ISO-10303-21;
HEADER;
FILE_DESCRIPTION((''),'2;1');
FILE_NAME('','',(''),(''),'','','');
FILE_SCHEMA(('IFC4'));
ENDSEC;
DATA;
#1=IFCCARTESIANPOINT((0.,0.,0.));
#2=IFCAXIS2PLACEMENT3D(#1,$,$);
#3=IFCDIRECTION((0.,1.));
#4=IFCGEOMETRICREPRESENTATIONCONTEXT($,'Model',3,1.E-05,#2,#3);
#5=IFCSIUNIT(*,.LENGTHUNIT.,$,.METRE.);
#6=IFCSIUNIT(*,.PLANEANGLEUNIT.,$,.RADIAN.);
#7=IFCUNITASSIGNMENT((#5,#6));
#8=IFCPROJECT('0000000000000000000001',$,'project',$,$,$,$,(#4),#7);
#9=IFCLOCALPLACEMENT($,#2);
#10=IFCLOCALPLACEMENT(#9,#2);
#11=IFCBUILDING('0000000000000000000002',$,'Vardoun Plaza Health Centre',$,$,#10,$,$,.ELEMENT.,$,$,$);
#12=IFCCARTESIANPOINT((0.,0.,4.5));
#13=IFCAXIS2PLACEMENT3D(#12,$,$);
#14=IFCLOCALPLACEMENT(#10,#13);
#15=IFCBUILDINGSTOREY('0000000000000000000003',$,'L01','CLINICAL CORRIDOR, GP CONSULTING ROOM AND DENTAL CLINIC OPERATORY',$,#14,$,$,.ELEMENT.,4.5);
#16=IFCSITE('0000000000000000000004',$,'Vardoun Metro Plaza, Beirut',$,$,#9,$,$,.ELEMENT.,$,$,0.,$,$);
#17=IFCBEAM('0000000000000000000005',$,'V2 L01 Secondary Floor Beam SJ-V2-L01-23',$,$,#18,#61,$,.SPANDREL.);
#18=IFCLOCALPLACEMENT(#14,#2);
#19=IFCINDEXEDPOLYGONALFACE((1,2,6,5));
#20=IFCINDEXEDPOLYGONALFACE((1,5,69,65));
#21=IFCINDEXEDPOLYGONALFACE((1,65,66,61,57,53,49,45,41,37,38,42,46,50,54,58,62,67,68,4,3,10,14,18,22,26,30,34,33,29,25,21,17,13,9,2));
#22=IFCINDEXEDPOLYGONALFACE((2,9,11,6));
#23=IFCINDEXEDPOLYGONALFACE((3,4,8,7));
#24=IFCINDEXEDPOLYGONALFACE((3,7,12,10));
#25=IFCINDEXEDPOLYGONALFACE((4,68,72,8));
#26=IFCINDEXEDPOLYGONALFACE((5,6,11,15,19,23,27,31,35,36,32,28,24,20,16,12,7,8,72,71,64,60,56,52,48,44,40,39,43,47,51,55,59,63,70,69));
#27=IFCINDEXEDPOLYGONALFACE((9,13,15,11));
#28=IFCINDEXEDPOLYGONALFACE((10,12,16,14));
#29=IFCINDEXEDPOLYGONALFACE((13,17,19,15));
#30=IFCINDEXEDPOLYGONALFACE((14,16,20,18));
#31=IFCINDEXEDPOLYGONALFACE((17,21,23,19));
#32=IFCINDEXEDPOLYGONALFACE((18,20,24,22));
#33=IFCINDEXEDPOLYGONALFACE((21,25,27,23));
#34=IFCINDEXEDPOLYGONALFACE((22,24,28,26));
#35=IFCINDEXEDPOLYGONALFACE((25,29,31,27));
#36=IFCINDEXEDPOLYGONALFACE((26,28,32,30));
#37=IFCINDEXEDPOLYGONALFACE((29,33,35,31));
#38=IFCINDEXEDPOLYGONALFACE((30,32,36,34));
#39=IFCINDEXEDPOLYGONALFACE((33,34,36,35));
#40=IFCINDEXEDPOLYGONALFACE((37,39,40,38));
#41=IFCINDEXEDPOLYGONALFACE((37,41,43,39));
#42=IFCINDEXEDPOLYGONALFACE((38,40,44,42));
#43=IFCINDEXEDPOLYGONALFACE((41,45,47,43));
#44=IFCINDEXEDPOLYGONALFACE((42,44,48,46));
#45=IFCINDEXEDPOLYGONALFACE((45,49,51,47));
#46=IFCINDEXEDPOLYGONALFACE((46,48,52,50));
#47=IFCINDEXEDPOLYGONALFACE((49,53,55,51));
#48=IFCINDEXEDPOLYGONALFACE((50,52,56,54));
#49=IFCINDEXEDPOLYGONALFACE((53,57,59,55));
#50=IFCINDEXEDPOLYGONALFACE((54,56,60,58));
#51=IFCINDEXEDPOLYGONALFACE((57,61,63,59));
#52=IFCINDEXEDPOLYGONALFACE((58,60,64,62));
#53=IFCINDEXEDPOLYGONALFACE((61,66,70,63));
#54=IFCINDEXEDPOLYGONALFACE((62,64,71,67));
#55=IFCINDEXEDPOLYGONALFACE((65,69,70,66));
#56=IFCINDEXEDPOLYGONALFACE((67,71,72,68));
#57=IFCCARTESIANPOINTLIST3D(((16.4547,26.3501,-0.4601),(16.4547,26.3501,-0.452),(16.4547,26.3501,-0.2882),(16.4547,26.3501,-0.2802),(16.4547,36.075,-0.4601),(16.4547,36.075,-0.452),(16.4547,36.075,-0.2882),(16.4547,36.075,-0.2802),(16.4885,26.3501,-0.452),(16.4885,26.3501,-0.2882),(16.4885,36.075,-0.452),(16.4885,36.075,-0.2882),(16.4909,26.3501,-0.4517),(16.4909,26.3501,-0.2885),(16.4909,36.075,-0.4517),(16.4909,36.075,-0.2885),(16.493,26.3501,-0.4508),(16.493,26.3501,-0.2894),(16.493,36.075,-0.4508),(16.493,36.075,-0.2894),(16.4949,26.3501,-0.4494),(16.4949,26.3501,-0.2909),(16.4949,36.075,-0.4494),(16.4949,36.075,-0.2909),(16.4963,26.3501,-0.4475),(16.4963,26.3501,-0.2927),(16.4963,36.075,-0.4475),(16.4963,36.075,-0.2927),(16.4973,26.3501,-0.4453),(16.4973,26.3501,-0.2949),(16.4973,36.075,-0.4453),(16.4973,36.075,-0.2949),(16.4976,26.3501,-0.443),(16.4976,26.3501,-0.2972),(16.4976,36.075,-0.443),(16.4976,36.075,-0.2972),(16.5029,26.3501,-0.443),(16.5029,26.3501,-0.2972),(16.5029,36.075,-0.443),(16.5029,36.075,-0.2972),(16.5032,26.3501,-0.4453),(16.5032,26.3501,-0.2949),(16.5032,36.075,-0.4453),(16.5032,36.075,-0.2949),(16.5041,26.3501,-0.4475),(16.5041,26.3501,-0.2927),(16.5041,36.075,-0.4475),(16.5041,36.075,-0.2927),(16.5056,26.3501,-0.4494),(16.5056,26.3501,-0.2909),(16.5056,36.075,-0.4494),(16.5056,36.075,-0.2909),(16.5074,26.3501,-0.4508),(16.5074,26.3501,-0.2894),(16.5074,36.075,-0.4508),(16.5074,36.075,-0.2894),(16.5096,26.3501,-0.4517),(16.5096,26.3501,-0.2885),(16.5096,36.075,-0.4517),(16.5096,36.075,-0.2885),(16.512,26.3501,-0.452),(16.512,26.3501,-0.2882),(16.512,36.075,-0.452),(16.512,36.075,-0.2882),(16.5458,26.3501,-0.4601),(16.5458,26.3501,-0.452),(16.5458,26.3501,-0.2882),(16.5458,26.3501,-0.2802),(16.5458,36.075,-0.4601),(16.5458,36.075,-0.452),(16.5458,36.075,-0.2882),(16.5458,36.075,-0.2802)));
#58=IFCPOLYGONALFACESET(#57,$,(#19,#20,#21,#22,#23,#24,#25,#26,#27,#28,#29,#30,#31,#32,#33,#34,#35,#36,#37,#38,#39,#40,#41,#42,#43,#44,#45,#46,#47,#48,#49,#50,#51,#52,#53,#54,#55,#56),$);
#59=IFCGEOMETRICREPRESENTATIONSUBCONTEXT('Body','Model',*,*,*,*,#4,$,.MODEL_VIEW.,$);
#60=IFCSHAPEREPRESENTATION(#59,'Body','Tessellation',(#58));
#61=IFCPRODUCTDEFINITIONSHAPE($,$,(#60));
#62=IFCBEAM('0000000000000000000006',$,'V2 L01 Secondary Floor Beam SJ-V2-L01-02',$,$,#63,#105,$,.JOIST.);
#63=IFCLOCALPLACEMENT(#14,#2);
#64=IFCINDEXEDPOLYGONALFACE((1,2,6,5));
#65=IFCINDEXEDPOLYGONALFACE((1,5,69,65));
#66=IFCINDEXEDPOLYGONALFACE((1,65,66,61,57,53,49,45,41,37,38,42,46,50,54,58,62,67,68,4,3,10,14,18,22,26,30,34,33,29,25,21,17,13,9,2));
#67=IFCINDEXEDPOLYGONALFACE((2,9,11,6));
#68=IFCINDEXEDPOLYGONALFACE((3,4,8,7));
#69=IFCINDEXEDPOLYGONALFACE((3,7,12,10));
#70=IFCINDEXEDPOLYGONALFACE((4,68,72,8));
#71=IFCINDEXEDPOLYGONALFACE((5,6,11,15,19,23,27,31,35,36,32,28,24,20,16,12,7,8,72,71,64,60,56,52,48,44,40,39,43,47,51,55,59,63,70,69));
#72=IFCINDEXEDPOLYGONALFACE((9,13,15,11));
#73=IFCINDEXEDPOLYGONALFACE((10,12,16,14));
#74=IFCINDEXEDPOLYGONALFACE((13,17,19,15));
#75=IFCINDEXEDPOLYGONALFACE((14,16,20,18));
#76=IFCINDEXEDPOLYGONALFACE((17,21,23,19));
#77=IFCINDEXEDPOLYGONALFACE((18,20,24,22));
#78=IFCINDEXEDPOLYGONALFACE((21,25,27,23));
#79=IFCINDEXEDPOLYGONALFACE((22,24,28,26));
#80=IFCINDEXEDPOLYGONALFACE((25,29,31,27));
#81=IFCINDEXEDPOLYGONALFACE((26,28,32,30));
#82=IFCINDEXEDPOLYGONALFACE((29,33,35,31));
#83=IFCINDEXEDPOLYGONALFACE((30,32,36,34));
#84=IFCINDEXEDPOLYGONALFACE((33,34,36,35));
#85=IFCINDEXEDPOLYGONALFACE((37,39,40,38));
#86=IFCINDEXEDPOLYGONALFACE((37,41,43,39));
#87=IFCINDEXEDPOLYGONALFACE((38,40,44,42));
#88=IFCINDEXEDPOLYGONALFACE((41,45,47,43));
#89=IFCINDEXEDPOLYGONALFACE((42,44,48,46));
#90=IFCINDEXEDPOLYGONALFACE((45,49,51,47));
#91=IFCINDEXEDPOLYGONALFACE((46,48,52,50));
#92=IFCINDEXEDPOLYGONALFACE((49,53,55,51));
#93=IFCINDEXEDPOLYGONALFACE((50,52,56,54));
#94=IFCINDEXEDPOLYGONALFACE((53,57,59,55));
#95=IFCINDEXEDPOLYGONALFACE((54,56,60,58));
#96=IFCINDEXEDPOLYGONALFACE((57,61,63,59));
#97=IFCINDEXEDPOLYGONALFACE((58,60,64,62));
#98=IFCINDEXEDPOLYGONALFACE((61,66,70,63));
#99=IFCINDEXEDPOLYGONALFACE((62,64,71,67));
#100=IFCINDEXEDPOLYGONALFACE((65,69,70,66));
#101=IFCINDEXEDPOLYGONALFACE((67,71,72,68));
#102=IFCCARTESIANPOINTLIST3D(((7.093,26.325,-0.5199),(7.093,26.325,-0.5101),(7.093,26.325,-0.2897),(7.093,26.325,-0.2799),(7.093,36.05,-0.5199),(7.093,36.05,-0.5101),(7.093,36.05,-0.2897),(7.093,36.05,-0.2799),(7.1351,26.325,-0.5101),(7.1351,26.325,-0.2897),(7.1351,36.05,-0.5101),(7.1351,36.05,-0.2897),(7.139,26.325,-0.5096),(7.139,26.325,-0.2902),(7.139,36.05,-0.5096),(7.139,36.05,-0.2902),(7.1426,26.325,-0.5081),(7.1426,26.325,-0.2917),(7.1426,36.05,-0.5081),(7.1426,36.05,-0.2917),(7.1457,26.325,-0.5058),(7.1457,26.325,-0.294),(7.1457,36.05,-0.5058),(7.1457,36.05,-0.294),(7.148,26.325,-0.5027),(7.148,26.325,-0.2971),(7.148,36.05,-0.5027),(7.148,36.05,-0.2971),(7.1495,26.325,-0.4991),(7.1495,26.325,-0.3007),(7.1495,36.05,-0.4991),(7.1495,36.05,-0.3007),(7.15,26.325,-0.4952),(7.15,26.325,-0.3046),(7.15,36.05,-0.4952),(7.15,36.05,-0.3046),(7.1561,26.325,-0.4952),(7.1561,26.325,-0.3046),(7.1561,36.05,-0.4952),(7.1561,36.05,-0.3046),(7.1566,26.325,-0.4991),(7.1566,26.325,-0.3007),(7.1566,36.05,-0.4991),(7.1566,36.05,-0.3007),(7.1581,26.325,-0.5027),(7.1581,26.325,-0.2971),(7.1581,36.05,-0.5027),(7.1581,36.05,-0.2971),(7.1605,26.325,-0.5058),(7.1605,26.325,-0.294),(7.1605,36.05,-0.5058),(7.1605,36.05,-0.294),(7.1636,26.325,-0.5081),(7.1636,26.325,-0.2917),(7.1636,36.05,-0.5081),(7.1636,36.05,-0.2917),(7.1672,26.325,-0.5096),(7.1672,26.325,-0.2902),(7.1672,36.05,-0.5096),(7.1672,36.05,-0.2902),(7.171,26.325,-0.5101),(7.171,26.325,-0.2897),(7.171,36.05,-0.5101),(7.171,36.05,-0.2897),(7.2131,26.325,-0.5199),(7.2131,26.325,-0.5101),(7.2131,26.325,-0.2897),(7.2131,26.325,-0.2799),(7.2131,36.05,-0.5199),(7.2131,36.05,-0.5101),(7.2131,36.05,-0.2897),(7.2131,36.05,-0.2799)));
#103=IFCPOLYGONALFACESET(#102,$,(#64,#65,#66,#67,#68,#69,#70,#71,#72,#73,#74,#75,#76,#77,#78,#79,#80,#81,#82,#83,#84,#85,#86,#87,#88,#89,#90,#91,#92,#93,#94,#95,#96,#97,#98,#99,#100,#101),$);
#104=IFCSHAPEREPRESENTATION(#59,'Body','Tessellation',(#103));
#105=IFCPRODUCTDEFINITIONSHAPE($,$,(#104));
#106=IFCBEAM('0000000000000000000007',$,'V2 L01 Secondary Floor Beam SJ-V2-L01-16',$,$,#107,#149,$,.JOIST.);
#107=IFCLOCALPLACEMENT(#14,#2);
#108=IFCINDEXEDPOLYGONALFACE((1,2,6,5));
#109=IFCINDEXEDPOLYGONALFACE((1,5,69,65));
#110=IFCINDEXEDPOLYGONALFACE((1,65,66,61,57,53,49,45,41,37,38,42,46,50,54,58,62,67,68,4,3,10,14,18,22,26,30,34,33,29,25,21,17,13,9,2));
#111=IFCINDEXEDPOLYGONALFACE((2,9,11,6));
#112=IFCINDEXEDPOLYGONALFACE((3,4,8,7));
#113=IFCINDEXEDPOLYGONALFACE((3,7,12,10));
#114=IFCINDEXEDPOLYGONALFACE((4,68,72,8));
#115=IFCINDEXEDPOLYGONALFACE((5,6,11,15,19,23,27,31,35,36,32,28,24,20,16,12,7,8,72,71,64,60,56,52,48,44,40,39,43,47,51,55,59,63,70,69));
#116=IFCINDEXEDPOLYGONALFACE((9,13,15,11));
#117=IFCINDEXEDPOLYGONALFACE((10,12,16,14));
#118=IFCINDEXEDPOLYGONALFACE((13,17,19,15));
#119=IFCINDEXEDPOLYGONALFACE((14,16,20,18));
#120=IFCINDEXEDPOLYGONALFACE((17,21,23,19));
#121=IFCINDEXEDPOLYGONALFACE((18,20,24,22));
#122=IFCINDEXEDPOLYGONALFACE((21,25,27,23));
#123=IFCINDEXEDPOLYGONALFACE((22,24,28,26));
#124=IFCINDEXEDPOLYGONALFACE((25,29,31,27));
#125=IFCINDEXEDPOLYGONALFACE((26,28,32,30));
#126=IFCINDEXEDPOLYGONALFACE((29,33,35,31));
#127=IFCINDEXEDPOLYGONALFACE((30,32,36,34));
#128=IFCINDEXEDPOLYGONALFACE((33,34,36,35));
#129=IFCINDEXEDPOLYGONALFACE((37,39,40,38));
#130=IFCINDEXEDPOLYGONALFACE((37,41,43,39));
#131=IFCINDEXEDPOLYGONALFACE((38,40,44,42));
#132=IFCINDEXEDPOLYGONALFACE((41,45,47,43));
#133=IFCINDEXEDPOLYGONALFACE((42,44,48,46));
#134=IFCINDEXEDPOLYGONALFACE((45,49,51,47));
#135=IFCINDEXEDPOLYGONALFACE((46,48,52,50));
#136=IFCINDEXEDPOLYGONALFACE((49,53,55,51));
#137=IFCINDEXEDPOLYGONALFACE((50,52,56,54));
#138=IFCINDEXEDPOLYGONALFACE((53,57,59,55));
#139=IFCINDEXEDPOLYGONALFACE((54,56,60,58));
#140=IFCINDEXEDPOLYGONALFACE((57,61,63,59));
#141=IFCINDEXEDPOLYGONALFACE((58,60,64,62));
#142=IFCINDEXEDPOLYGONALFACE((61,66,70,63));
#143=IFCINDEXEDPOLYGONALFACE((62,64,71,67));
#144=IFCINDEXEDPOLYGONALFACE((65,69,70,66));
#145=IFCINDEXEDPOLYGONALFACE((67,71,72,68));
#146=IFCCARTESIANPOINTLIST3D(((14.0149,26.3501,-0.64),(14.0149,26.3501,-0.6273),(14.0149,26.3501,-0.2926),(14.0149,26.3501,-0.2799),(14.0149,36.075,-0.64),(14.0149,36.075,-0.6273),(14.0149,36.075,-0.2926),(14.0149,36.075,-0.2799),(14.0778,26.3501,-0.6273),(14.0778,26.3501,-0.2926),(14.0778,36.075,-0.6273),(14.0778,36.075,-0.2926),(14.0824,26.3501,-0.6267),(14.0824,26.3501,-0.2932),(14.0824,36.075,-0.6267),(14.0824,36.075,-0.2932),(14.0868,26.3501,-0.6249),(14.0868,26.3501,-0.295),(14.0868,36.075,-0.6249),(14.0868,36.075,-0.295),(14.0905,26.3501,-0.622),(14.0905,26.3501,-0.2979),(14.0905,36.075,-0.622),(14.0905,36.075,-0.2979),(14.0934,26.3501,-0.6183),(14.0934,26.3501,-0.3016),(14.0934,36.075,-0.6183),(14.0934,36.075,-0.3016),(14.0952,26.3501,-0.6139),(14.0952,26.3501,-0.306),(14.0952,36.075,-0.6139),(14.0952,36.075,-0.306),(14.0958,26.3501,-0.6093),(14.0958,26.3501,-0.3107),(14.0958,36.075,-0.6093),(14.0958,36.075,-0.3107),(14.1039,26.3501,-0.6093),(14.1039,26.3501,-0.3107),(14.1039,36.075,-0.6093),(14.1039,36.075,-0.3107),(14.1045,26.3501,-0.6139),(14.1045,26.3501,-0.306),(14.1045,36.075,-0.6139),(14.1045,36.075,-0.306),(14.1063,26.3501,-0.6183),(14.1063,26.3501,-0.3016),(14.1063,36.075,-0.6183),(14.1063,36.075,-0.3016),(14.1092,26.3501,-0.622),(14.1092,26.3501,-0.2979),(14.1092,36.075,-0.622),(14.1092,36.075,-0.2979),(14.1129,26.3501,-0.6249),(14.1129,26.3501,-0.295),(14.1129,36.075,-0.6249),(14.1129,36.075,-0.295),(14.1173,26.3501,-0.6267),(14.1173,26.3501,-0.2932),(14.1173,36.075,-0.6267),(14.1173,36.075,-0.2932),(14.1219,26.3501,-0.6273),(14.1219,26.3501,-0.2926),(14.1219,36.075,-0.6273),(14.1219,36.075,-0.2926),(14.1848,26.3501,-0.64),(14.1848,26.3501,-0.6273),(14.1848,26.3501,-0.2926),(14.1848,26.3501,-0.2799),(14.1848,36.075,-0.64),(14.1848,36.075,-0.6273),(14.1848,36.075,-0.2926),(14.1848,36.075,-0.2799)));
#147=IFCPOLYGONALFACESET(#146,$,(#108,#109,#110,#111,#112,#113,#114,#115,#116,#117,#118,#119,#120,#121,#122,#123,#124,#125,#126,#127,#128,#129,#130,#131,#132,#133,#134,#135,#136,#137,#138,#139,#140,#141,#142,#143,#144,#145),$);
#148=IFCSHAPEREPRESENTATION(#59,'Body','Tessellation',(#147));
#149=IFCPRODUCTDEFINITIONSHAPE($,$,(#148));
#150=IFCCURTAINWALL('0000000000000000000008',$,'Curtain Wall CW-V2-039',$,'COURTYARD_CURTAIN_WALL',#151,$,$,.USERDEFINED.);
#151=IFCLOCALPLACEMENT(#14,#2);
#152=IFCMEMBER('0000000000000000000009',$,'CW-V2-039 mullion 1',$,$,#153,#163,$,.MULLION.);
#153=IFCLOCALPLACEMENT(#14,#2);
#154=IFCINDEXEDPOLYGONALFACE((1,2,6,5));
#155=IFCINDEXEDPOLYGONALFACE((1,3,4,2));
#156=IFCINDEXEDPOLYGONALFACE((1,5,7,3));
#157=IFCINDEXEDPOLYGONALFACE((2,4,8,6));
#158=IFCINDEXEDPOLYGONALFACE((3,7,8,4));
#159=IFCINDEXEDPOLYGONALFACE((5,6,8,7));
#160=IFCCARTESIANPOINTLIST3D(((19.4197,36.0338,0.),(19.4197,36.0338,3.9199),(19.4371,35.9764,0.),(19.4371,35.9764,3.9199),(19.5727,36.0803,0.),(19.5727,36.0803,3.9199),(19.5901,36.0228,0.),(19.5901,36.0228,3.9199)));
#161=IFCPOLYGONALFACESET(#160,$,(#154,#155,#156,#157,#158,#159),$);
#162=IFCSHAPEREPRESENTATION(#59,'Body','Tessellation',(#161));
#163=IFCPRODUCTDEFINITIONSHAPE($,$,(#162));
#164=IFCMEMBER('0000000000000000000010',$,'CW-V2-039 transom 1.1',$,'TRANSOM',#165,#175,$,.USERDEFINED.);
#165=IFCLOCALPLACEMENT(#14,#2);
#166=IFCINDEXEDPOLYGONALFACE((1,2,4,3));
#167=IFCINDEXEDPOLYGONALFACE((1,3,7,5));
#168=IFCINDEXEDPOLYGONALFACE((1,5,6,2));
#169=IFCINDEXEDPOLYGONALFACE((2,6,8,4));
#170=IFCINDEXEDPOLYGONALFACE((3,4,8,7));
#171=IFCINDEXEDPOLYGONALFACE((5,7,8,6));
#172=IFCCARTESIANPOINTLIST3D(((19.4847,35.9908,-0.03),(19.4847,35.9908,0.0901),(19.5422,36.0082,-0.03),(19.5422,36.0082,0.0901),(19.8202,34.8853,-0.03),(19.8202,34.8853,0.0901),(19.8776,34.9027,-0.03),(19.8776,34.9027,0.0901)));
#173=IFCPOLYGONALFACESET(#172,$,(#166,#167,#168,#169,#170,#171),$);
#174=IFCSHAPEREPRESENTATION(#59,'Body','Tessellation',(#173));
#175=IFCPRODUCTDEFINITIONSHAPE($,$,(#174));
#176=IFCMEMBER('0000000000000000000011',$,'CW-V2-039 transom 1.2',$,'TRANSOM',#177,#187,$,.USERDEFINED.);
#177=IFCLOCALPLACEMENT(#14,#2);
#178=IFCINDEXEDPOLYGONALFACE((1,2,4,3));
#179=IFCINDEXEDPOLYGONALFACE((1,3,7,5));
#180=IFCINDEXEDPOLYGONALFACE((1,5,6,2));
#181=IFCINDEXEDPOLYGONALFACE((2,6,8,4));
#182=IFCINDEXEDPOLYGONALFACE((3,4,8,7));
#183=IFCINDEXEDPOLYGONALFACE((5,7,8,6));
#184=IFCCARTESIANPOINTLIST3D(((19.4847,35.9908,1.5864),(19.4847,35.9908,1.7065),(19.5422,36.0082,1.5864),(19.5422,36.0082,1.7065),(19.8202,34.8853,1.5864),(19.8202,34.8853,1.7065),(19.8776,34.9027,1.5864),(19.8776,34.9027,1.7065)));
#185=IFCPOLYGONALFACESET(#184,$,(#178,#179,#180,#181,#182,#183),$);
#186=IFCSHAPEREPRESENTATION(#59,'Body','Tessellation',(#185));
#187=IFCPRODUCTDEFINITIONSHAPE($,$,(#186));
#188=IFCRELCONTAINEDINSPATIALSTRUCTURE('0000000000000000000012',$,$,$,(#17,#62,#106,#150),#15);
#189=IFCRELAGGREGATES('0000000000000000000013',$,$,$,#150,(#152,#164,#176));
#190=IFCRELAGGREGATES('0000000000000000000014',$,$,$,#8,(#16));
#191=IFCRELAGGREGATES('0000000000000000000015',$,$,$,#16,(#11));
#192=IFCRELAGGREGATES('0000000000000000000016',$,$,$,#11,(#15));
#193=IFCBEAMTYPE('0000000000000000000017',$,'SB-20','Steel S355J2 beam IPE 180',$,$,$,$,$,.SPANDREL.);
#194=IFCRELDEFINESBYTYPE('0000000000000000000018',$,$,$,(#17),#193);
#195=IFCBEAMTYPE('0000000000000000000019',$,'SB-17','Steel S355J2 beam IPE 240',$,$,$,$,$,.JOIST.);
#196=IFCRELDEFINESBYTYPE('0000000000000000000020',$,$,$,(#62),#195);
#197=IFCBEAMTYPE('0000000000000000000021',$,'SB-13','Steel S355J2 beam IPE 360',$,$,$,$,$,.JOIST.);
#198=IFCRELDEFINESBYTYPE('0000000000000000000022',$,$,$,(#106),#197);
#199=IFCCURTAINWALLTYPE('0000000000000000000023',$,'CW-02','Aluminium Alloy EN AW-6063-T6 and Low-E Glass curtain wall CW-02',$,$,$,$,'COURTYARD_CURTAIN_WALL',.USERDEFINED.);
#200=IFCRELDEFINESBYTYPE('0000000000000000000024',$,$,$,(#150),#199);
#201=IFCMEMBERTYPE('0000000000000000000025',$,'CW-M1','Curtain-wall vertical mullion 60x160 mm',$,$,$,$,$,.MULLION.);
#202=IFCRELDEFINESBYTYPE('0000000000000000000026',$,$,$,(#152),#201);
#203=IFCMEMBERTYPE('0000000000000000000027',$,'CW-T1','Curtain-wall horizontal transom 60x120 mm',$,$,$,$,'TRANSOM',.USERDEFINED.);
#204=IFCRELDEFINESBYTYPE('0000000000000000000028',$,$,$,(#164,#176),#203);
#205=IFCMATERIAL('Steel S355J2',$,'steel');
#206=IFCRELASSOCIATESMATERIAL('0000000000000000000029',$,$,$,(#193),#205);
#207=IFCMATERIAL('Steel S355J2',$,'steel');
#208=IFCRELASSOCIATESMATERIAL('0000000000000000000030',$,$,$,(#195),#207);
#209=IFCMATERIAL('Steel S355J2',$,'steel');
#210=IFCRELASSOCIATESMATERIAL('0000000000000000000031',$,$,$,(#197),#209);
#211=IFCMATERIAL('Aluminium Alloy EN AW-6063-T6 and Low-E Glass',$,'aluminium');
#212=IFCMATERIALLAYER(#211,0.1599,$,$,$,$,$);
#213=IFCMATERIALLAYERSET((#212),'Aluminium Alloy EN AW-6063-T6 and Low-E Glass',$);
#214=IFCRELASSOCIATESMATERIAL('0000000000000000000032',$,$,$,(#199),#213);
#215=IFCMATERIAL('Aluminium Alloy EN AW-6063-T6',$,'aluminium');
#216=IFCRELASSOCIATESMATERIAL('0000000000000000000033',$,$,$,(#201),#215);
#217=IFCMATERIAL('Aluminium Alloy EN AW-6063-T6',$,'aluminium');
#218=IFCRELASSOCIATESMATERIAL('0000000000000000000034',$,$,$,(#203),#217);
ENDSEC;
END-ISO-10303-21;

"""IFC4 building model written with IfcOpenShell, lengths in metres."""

from ifc_helpers import new_model, si_unit, direction, frame, origin, origin_2d, place, context, subcontext, project, spatial, rectangle, i_section, extrude, material, layer, layer_set, material_profile, profile_set, type_object, element, aggregate, save


model = new_model("IFC4")

# Units and contexts
model_context = context("Model", 3, precision=1e-05, world=origin(), true_north=direction((0.0, 1.0)))
body_context = subcontext(model_context, "Body", "Model", "MODEL_VIEW")
ifc_project = project(units=[si_unit("LENGTHUNIT", "METRE"), si_unit("PLANEANGLEUNIT", "RADIAN")], contexts=[model_context])

# Site, building, storey
site_placement = place(None, origin())
site = spatial("IfcSite", under=ifc_project, at=site_placement, Name="Vardoun Metro Plaza, Beirut", CompositionType="ELEMENT", RefElevation=0.0)
building_placement = place(site_placement, origin())
building = spatial("IfcBuilding", under=site, at=building_placement, Name="Vardoun Plaza Health Centre", CompositionType="ELEMENT")
storey_placement = place(building_placement, frame((0.0, 0.0, 4.5)))
storey = spatial("IfcBuildingStorey", under=building, at=storey_placement, Name="L01", Description="CLINICAL CORRIDOR, GP CONSULTING ROOM AND DENTAL CLINIC OPERATORY", CompositionType="ELEMENT", Elevation=4.5)

# Beams
ifc_material_1 = material(Name="Steel S355J2", Category="steel")
ifc_material_profile_1 = material_profile(ifc_material_1, i_section(OverallWidth=0.0911, OverallDepth=0.1799, WebThickness=0.0054, FlangeThickness=0.0081, FilletRadius=0.009, at=origin_2d()), Name="IPE 180")
ifc_profile_set_1 = profile_set([ifc_material_profile_1], Name="Steel S355J2")
beam_type_1 = type_object("IfcBeamType", Name="SB-20", Description="Steel S355J2 beam IPE 180", PredefinedType="SPANDREL", material=ifc_profile_set_1)
beam_1_placement = place(storey_placement, frame((16.5002, 26.3501, -0.3701), z_axis=(0.0, 1.0, 0.0), x_axis=(-1.0, 0.0, 0.0)))
element("IfcBeam", 1, at=beam_1_placement, inside=storey, type_object=beam_type_1, Name="V2 L01 Secondary Floor Beam SJ-V2-L01-23", PredefinedType="SPANDREL", context=body_context, shape_type="SweptSolid", body=[
    extrude(i_section(OverallWidth=0.0911, OverallDepth=0.1799, WebThickness=0.0054, FlangeThickness=0.0081, FilletRadius=0.009, at=origin_2d()), origin(), (0.0, 0.0, 1.0), 9.7249),
])
ifc_material_2 = material(Name="Steel S355J2", Category="steel")
ifc_material_profile_2 = material_profile(ifc_material_2, i_section(OverallWidth=0.1201, OverallDepth=0.24, WebThickness=0.0061, FlangeThickness=0.0098, FilletRadius=0.0149, at=origin_2d()), Name="IPE 240")
ifc_profile_set_2 = profile_set([ifc_material_profile_2], Name="Steel S355J2")
beam_type_2 = type_object("IfcBeamType", Name="SB-17", Description="Steel S355J2 beam IPE 240", PredefinedType="JOIST", material=ifc_profile_set_2)
beam_2_placement = place(storey_placement, frame((7.1531, 26.325, -0.3999), z_axis=(0.0, 1.0, 0.0), x_axis=(-1.0, 0.0, 0.0)))
element("IfcBeam", 2, at=beam_2_placement, inside=storey, type_object=beam_type_2, Name="V2 L01 Secondary Floor Beam SJ-V2-L01-02", PredefinedType="JOIST", context=body_context, shape_type="SweptSolid", body=[
    extrude(i_section(OverallWidth=0.1201, OverallDepth=0.24, WebThickness=0.0061, FlangeThickness=0.0098, FilletRadius=0.0149, at=origin_2d()), origin(), (0.0, 0.0, 1.0), 9.7251),
])
ifc_material_3 = material(Name="Steel S355J2", Category="steel")
ifc_material_profile_3 = material_profile(ifc_material_3, i_section(OverallWidth=0.1699, OverallDepth=0.3601, WebThickness=0.0081, FlangeThickness=0.0127, FilletRadius=0.0181, at=origin_2d()), Name="IPE 360")
ifc_profile_set_3 = profile_set([ifc_material_profile_3], Name="Steel S355J2")
beam_type_3 = type_object("IfcBeamType", Name="SB-13", Description="Steel S355J2 beam IPE 360", PredefinedType="JOIST", material=ifc_profile_set_3)
beam_3_placement = place(storey_placement, frame((14.0999, 26.3501, -0.46), z_axis=(0.0, 1.0, 0.0), x_axis=(-1.0, 0.0, 0.0)))
element("IfcBeam", 3, at=beam_3_placement, inside=storey, type_object=beam_type_3, Name="V2 L01 Secondary Floor Beam SJ-V2-L01-16", PredefinedType="JOIST", context=body_context, shape_type="SweptSolid", body=[
    extrude(i_section(OverallWidth=0.1699, OverallDepth=0.3601, WebThickness=0.0081, FlangeThickness=0.0127, FilletRadius=0.0181, at=origin_2d()), origin(), (0.0, 0.0, 1.0), 9.7249),
])

# Curtain wall, members
ifc_material_4 = material(Name="Aluminium Alloy EN AW-6063-T6 and Low-E Glass", Category="aluminium")
ifc_layer_1 = layer(ifc_material_4, 0.1599)
ifc_layer_set_1 = layer_set([ifc_layer_1], Name="Aluminium Alloy EN AW-6063-T6 and Low-E Glass")
curtain_wall_type = type_object("IfcCurtainWallType", Name="CW-02", Description="Aluminium Alloy EN AW-6063-T6 and Low-E Glass curtain wall CW-02", ElementType="COURTYARD_CURTAIN_WALL", PredefinedType="USERDEFINED", material=ifc_layer_set_1)
curtain_wall_placement = place(storey_placement, origin())
curtain_wall = element("IfcCurtainWall", 4, at=curtain_wall_placement, inside=storey, type_object=curtain_wall_type, Name="Curtain Wall CW-V2-039", ObjectType="COURTYARD_CURTAIN_WALL", PredefinedType="USERDEFINED")
ifc_material_5 = material(Name="Aluminium Alloy EN AW-6063-T6", Category="aluminium")
ifc_material_profile_4 = material_profile(ifc_material_5, rectangle(XDim=0.1599, YDim=0.0601, at=origin_2d()), Name="CWM 60x160")
ifc_profile_set_4 = profile_set([ifc_material_profile_4], Name="Aluminium Alloy EN AW-6063-T6")
member_type_1 = type_object("IfcMemberType", Name="CW-M1", Description="Curtain-wall vertical mullion 60x160 mm", PredefinedType="MULLION", material=ifc_profile_set_4)
member_1_placement = place(storey_placement, frame((19.5049, 36.0283, 0.0), z_axis=(0.0, 0.0, 1.0), x_axis=(0.956936, 0.2903, 0.0)))
member_1 = element("IfcMember", 5, at=member_1_placement, type_object=member_type_1, Name="CW-V2-039 mullion 1", PredefinedType="MULLION", context=body_context, shape_type="SweptSolid", body=[
    extrude(rectangle(XDim=0.1599, YDim=0.0601, at=origin_2d()), origin(), (0.0, 0.0, 1.0), 3.9199),
])
ifc_material_6 = material(Name="Aluminium Alloy EN AW-6063-T6", Category="aluminium")
ifc_material_profile_5 = material_profile(ifc_material_6, rectangle(XDim=0.0601, YDim=0.1201, at=origin_2d()), Name="CWT 60x120")
ifc_profile_set_5 = profile_set([ifc_material_profile_5], Name="Aluminium Alloy EN AW-6063-T6")
member_type_2 = type_object("IfcMemberType", Name="CW-T1", Description="Curtain-wall horizontal transom 60x120 mm", ElementType="TRANSOM", PredefinedType="USERDEFINED", material=ifc_profile_set_5)
member_2_placement = place(storey_placement, frame((19.5134, 35.9995, 0.03), z_axis=(0.290371, -0.956914, 0.0), x_axis=(0.956914, 0.290371, 0.0)))
member_2 = element("IfcMember", 6, at=member_2_placement, type_object=member_type_2, Name="CW-V2-039 transom 1.1", ObjectType="TRANSOM", PredefinedType="USERDEFINED", context=body_context, shape_type="SweptSolid", body=[
    extrude(rectangle(XDim=0.0601, YDim=0.1201, at=origin_2d()), origin(), (0.0, 0.0, 1.0), 1.1553),
])
member_3_placement = place(storey_placement, frame((19.5134, 35.9995, 1.6465), z_axis=(0.290371, -0.956914, 0.0), x_axis=(0.956914, 0.290371, 0.0)))
member_3 = element("IfcMember", 7, at=member_3_placement, type_object=member_type_2, Name="CW-V2-039 transom 1.2", ObjectType="TRANSOM", PredefinedType="USERDEFINED", context=body_context, shape_type="SweptSolid", body=[
    extrude(rectangle(XDim=0.0601, YDim=0.1201, at=origin_2d()), origin(), (0.0, 0.0, 1.0), 1.1553),
])
aggregate(curtain_wall, [member_1, member_2, member_3])

save(model, "model.ifc")
